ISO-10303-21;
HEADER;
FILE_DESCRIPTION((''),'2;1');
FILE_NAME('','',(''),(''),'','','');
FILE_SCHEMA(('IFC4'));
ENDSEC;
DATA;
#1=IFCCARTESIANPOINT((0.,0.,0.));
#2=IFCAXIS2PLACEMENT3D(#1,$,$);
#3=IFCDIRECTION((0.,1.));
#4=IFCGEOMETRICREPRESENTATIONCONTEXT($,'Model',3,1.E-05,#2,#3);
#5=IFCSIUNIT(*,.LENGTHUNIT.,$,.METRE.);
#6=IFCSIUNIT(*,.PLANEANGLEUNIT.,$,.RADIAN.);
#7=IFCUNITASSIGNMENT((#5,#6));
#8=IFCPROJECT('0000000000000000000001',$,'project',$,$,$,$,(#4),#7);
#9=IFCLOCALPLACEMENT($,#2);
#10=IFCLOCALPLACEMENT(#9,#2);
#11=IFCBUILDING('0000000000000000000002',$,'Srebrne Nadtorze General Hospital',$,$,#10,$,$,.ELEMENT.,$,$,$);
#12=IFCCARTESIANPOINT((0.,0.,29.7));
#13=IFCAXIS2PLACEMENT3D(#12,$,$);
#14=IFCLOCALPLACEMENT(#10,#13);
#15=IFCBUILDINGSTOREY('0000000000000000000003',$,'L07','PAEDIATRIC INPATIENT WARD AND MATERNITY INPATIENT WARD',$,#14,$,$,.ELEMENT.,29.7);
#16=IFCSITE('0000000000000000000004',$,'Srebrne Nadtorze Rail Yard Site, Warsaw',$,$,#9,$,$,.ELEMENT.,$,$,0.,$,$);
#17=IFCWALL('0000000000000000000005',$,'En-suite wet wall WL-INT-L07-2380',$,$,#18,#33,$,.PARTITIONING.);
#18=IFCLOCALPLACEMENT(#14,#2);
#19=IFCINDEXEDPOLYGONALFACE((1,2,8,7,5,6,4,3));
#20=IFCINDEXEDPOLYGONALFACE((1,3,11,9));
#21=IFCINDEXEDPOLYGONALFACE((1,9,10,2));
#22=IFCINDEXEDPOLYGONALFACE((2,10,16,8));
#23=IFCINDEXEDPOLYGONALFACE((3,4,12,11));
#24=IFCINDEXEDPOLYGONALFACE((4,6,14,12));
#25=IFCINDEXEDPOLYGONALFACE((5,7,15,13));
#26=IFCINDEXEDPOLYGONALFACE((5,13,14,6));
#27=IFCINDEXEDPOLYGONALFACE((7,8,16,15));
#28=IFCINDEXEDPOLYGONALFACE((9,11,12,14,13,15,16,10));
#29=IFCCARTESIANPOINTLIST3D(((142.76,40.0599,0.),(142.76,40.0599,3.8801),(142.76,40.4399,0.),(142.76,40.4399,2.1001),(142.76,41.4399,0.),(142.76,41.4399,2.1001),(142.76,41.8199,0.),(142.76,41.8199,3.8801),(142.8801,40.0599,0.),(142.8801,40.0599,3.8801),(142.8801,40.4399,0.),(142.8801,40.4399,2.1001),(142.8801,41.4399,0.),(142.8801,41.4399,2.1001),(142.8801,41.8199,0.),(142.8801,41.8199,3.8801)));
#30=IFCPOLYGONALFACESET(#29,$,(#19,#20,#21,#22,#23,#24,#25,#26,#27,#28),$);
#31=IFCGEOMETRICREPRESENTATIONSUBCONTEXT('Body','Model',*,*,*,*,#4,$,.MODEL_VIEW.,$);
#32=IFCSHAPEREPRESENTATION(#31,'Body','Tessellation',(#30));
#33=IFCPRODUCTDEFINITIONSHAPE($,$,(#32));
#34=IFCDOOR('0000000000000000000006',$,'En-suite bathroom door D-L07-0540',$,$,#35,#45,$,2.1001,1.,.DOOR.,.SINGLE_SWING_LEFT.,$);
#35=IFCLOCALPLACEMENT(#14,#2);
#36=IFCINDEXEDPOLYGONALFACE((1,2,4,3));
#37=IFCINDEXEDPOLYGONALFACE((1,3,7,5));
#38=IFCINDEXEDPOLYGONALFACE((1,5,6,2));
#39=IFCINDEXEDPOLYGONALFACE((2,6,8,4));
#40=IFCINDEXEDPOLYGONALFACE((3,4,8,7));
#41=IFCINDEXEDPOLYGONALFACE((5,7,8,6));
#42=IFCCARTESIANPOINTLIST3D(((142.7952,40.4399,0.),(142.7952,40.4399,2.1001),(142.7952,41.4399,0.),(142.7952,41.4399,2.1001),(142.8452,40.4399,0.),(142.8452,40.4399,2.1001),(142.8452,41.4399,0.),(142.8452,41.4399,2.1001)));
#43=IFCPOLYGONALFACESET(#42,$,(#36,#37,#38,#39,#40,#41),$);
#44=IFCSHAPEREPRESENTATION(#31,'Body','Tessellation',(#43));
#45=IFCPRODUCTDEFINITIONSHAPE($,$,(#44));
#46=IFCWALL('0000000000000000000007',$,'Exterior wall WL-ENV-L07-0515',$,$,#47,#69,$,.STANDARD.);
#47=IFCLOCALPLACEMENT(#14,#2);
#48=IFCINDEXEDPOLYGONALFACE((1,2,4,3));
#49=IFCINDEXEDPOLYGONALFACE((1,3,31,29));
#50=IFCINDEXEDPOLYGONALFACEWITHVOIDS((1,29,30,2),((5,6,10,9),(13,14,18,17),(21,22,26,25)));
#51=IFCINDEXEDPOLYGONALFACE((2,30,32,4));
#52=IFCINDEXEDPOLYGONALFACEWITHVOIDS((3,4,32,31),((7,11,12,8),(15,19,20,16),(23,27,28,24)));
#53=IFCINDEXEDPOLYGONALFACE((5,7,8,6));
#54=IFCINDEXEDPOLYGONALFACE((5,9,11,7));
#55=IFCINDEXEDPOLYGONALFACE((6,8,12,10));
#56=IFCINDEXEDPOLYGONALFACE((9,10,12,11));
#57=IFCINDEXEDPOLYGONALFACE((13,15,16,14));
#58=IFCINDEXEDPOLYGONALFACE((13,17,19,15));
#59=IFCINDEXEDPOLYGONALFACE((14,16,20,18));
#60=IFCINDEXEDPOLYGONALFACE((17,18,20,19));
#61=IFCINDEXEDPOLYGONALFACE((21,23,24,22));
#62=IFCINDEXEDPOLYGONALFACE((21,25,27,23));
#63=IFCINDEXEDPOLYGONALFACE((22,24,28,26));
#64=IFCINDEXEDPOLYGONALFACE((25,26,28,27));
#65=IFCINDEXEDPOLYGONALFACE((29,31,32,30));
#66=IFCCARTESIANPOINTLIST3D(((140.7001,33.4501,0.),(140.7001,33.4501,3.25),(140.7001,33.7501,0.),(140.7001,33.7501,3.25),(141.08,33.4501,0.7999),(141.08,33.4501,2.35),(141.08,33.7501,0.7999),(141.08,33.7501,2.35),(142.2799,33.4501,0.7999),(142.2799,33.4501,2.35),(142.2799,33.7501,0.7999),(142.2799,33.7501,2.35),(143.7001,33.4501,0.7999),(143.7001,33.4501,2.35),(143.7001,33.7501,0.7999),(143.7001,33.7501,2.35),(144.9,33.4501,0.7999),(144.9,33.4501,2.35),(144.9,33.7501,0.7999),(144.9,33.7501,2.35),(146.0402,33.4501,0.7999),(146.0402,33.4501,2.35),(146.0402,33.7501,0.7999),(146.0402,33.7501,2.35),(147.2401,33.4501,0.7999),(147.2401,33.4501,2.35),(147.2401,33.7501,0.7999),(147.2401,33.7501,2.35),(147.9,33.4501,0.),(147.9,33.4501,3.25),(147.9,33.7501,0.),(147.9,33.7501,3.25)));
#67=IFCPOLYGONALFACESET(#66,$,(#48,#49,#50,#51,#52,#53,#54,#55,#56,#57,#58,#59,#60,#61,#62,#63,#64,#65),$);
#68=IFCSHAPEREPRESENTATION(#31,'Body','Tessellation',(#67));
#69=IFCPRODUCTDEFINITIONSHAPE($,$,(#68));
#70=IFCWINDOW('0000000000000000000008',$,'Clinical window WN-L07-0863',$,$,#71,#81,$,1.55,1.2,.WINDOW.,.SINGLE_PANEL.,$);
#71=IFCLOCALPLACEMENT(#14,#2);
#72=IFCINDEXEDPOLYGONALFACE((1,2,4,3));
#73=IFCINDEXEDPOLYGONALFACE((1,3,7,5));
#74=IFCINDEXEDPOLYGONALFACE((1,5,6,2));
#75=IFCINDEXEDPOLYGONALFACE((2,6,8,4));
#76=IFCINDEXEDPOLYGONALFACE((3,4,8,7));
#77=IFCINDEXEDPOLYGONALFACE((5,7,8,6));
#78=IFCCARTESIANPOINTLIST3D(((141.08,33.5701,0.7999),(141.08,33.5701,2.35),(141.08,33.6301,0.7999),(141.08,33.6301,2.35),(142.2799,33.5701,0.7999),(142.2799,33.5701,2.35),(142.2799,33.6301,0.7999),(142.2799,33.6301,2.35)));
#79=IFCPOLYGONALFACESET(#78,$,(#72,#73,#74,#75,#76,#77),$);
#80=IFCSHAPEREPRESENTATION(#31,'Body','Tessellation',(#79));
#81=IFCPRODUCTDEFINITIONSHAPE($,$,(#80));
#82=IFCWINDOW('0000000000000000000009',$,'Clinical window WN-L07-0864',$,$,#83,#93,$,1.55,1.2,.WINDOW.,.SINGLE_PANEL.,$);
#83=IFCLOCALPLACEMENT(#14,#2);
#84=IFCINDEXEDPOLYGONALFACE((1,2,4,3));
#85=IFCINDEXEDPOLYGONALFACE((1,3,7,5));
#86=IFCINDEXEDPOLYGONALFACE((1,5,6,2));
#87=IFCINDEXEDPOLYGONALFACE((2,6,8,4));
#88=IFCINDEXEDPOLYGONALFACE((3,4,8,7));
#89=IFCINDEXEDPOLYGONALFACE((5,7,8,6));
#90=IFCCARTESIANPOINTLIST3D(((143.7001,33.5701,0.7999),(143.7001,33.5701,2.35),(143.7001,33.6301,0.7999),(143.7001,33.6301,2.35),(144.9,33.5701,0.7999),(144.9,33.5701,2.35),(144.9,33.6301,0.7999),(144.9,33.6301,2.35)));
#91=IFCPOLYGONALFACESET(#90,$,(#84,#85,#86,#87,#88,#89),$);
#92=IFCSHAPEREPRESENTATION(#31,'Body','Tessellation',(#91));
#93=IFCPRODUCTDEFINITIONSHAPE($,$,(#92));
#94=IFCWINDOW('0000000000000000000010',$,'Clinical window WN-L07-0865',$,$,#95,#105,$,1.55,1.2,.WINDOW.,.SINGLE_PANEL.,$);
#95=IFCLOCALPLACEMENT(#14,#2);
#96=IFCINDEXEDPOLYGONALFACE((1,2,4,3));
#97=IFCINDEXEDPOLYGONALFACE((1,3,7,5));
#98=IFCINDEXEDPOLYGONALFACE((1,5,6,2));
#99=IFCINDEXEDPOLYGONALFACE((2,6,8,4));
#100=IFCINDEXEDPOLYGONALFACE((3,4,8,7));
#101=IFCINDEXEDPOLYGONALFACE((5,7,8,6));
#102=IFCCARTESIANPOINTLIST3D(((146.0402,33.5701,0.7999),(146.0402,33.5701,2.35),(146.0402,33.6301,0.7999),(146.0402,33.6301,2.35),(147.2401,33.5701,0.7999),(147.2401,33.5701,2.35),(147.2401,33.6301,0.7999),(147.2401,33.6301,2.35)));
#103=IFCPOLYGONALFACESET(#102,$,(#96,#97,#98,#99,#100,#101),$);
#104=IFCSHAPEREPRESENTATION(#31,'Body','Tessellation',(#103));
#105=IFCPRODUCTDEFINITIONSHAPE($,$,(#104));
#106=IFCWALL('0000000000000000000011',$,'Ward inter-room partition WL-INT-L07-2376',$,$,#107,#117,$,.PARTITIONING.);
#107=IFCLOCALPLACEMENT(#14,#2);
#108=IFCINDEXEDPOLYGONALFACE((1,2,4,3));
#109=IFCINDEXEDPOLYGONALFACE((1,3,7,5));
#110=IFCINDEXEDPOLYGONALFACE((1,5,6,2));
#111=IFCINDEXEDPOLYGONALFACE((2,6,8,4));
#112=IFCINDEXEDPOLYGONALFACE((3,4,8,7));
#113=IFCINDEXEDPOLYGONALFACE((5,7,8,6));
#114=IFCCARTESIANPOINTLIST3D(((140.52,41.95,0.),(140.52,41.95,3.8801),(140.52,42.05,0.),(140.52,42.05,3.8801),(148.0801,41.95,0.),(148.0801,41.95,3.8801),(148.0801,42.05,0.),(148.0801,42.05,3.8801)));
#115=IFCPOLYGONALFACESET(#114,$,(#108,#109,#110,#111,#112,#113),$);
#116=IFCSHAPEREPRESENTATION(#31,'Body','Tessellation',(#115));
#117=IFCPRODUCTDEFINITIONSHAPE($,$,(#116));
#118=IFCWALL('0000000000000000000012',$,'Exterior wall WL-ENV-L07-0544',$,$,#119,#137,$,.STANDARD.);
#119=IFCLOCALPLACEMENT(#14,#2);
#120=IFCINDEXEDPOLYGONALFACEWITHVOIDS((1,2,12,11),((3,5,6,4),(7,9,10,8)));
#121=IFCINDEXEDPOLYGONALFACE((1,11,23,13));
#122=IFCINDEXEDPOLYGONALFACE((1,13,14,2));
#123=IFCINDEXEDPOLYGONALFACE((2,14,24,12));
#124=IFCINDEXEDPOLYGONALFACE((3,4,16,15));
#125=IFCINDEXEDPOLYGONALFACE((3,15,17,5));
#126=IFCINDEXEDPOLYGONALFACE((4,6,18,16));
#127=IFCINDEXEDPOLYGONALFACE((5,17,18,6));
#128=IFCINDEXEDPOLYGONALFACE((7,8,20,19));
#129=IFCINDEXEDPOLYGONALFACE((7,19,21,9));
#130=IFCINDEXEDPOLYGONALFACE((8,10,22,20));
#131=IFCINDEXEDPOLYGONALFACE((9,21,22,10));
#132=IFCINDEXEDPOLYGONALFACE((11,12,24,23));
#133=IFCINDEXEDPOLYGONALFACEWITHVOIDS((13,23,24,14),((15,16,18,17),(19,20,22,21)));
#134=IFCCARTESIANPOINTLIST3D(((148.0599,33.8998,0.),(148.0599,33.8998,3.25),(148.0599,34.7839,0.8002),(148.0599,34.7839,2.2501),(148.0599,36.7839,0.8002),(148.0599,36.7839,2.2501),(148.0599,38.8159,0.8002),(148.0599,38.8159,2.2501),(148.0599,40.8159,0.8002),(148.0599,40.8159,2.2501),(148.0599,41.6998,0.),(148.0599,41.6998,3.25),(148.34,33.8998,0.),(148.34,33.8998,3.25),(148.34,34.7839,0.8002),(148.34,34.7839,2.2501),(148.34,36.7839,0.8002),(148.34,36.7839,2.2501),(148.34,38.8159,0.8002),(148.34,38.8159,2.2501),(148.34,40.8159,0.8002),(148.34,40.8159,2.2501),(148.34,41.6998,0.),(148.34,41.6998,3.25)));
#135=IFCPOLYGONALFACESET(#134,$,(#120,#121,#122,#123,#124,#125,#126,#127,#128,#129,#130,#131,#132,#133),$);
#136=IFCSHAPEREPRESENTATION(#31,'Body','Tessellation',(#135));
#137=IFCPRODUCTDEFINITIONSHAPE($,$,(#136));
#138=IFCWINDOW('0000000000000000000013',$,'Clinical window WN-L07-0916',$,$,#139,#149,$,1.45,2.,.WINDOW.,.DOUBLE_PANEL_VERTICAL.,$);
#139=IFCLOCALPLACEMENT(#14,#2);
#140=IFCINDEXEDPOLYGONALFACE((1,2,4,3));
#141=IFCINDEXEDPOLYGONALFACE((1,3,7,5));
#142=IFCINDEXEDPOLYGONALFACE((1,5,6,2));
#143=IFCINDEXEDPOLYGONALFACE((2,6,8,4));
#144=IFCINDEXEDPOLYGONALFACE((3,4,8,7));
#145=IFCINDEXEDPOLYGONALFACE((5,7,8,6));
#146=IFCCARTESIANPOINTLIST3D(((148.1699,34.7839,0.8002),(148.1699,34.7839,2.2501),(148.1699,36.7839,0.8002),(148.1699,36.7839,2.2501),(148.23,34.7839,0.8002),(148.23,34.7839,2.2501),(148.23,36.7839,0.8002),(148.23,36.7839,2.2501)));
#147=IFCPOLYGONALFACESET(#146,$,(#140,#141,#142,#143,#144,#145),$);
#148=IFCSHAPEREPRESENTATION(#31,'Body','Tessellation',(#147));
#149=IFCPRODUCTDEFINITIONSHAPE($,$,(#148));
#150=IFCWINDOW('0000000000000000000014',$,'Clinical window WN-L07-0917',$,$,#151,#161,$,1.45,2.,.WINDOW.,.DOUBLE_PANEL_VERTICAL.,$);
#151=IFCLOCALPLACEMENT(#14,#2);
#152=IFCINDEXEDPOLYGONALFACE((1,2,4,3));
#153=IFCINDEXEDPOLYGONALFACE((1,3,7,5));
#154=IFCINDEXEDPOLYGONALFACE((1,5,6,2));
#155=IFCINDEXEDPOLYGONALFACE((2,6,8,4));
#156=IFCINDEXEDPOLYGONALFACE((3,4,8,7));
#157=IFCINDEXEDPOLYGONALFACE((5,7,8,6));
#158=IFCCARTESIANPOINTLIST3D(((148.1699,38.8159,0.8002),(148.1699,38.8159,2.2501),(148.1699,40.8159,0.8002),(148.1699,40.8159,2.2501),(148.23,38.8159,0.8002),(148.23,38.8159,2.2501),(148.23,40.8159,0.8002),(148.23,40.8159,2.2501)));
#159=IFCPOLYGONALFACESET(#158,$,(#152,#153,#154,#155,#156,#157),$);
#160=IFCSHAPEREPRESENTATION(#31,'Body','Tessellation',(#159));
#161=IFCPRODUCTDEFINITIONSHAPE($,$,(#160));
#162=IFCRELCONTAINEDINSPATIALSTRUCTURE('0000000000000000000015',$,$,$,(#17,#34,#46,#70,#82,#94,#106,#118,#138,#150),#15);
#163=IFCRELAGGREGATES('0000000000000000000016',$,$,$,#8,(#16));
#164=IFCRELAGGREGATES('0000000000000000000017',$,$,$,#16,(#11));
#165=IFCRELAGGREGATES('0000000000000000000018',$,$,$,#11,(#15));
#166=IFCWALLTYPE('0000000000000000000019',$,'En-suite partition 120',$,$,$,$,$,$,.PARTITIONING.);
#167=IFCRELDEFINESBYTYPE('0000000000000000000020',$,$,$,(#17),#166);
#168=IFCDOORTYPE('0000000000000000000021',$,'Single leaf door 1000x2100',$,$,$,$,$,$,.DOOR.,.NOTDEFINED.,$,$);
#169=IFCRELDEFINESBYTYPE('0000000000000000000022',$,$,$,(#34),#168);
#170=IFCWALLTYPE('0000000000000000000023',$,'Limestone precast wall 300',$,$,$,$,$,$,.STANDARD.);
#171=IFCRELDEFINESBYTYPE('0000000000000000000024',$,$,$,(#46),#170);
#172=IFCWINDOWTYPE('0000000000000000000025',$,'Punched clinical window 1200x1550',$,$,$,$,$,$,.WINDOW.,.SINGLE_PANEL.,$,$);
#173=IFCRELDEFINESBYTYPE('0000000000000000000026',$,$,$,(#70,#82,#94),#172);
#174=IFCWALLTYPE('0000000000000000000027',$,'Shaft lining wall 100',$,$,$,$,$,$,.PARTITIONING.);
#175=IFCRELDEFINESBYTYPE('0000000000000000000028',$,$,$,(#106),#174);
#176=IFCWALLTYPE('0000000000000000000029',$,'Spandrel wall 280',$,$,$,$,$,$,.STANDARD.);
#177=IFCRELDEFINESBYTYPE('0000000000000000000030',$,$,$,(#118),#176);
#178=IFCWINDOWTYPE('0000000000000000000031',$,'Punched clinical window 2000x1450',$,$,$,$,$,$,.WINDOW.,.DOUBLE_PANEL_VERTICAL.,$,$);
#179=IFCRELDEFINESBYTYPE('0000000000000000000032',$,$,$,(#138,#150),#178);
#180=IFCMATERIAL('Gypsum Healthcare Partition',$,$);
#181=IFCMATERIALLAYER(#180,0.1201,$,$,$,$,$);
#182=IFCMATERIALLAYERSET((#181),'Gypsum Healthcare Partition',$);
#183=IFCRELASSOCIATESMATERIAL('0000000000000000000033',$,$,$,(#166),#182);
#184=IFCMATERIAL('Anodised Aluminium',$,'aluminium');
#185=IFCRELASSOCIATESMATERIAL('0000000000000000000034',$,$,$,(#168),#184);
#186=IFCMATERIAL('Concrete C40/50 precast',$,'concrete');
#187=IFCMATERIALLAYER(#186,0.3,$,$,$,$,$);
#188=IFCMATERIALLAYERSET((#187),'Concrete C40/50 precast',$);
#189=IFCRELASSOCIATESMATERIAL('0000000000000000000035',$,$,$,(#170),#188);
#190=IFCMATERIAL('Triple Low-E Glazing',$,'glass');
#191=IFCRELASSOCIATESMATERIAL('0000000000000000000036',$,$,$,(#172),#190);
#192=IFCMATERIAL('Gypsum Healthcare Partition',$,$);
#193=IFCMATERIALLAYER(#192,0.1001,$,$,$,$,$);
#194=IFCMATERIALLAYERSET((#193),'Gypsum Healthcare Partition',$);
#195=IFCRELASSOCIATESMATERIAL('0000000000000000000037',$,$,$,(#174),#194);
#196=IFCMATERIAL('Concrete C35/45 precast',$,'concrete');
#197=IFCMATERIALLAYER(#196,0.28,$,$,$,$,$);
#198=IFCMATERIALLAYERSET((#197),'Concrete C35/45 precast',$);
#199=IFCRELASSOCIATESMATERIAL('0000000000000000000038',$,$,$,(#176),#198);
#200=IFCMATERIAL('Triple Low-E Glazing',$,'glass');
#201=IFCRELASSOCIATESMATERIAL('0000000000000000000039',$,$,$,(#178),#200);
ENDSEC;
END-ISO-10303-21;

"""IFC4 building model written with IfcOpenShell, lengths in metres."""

from ifc_helpers import new_model, si_unit, direction, frame, frame_2d, origin, place, context, subcontext, project, spatial, rectangle, extrude, material, layer, layer_set, type_object, element, fill, save


model = new_model("IFC4")

# Units and contexts
model_context = context("Model", 3, precision=1e-05, world=origin(), true_north=direction((0.0, 1.0)))
body_context = subcontext(model_context, "Body", "Model", "MODEL_VIEW")
ifc_project = project(units=[si_unit("LENGTHUNIT", "METRE"), si_unit("PLANEANGLEUNIT", "RADIAN")], contexts=[model_context])

# Site, building, storey
site_placement = place(None, origin())
site = spatial("IfcSite", under=ifc_project, at=site_placement, Name="Srebrne Nadtorze Rail Yard Site, Warsaw", CompositionType="ELEMENT", RefElevation=0.0)
building_placement = place(site_placement, origin())
building = spatial("IfcBuilding", under=site, at=building_placement, Name="Srebrne Nadtorze General Hospital", CompositionType="ELEMENT")
storey_placement = place(building_placement, frame((0.0, 0.0, 29.7)))
storey = spatial("IfcBuildingStorey", under=building, at=storey_placement, Name="L07", Description="PAEDIATRIC INPATIENT WARD AND MATERNITY INPATIENT WARD", CompositionType="ELEMENT", Elevation=29.7)

# Shared definitions
ifc_material_1 = material(Name="Gypsum Healthcare Partition")
ifc_layer_1 = layer(ifc_material_1, 0.1201)
ifc_layer_set_1 = layer_set([ifc_layer_1], Name="Gypsum Healthcare Partition")
wall_type_1 = type_object("IfcWallType", Name="En-suite partition 120", PredefinedType="PARTITIONING", material=ifc_layer_set_1)

# Wall, opening, door
wall_1_placement = place(storey_placement, frame((142.8201, 40.0601, 0.0), z_axis=(0.0, 0.0, 1.0), x_axis=(0.0, 1.0, 0.0)))
wall_1 = element("IfcWall", 1, at=wall_1_placement, inside=storey, type_object=wall_type_1, Name="En-suite wet wall WL-INT-L07-2380", PredefinedType="PARTITIONING", context=body_context, shape_type="SweptSolid", body=[
    extrude(rectangle(XDim=1.76, YDim=0.1201, at=frame_2d((0.8799, 0.0))), origin(), (0.0, 0.0, 1.0), 3.8801),
])
opening_1_placement = place(wall_1_placement, frame((0.3799, 0.0, 0.0)))
opening_1 = element("IfcOpeningElement", 2, at=opening_1_placement, cuts=wall_1, PredefinedType="OPENING", context=body_context, shape_type="SweptSolid", body=[
    extrude(rectangle(XDim=1.0, YDim=2.1001, at=frame_2d((0.5, 1.05))), frame((0.0, 0.072, 0.0), z_axis=(0.0, -1.0, 0.0), x_axis=(1.0, 0.0, 0.0)), (0.0, 0.0, 1.0), 0.144),
])
ifc_material_2 = material(Name="Anodised Aluminium", Category="aluminium")
door_type_1 = type_object("IfcDoorType", Name="Single leaf door 1000x2100", OperationType="NOTDEFINED", PredefinedType="DOOR", material=ifc_material_2)
door_1_placement = place(opening_1_placement, origin())
door_1 = element("IfcDoor", 3, at=door_1_placement, inside=storey, type_object=door_type_1, Name="En-suite bathroom door D-L07-0540", OperationType="SINGLE_SWING_LEFT", OverallHeight=2.1001, OverallWidth=1.0, PredefinedType="DOOR", context=body_context, shape_type="SweptSolid", body=[
    extrude(rectangle(XDim=1.0, YDim=2.1001, at=frame_2d((0.5, 1.05))), frame((0.0, 0.0249, 0.0), z_axis=(0.0, -1.0, 0.0), x_axis=(1.0, 0.0, 0.0)), (0.0, 0.0, 1.0), 0.05),
])
fill(opening_1, door_1)

# Wall, openings, windows
ifc_material_3 = material(Name="Concrete C40/50 precast", Category="concrete")
ifc_layer_2 = layer(ifc_material_3, 0.3)
ifc_layer_set_2 = layer_set([ifc_layer_2], Name="Concrete C40/50 precast")
wall_type_2 = type_object("IfcWallType", Name="Limestone precast wall 300", PredefinedType="STANDARD", material=ifc_layer_set_2)
wall_2_placement = place(storey_placement, frame((140.7, 33.6001, 0.0), z_axis=(0.0, 0.0, 1.0), x_axis=(1.0, 0.0, 0.0)))
wall_2 = element("IfcWall", 4, at=wall_2_placement, inside=storey, type_object=wall_type_2, Name="Exterior wall WL-ENV-L07-0515", PredefinedType="STANDARD", context=body_context, shape_type="SweptSolid", body=[
    extrude(rectangle(XDim=7.2, YDim=0.3, at=frame_2d((3.6001, 0.0))), origin(), (0.0, 0.0, 1.0), 3.25),
])
opening_2_placement = place(wall_2_placement, frame((0.3799, 0.0, 0.8)))
opening_2 = element("IfcOpeningElement", 5, at=opening_2_placement, cuts=wall_2, PredefinedType="OPENING", context=body_context, shape_type="SweptSolid", body=[
    extrude(rectangle(XDim=1.2, YDim=1.55, at=frame_2d((0.6001, 0.7749))), frame((0.0, 0.1621, 0.0), z_axis=(0.0, -1.0, 0.0), x_axis=(1.0, 0.0, 0.0)), (0.0, 0.0, 1.0), 0.324),
])
opening_3_placement = place(wall_2_placement, frame((3.0, 0.0, 0.8)))
opening_3 = element("IfcOpeningElement", 6, at=opening_3_placement, cuts=wall_2, PredefinedType="OPENING", context=body_context, shape_type="SweptSolid", body=[
    extrude(rectangle(XDim=1.2, YDim=1.55, at=frame_2d((0.6001, 0.7749))), frame((0.0, 0.1621, 0.0), z_axis=(0.0, -1.0, 0.0), x_axis=(1.0, 0.0, 0.0)), (0.0, 0.0, 1.0), 0.324),
])
opening_4_placement = place(wall_2_placement, frame((5.3401, 0.0, 0.8)))
opening_4 = element("IfcOpeningElement", 7, at=opening_4_placement, cuts=wall_2, PredefinedType="OPENING", context=body_context, shape_type="SweptSolid", body=[
    extrude(rectangle(XDim=1.2, YDim=1.55, at=frame_2d((0.6001, 0.7749))), frame((0.0, 0.1621, 0.0), z_axis=(0.0, -1.0, 0.0), x_axis=(1.0, 0.0, 0.0)), (0.0, 0.0, 1.0), 0.324),
])
ifc_material_4 = material(Name="Triple Low-E Glazing", Category="glass")
window_type_1 = type_object("IfcWindowType", Name="Punched clinical window 1200x1550", PartitioningType="SINGLE_PANEL", PredefinedType="WINDOW", material=ifc_material_4)
window_1_placement = place(opening_2_placement, origin())
window_1 = element("IfcWindow", 8, at=window_1_placement, inside=storey, type_object=window_type_1, Name="Clinical window WN-L07-0863", OverallHeight=1.55, OverallWidth=1.2, PartitioningType="SINGLE_PANEL", PredefinedType="WINDOW", context=body_context, shape_type="SweptSolid", body=[
    extrude(rectangle(XDim=1.2, YDim=1.55, at=frame_2d((0.6001, 0.7749))), frame((0.0, 0.03, 0.0), z_axis=(0.0, -1.0, 0.0), x_axis=(1.0, 0.0, 0.0)), (0.0, 0.0, 1.0), 0.0601),
])
fill(opening_2, window_1)
window_2_placement = place(opening_3_placement, origin())
window_2 = element("IfcWindow", 9, at=window_2_placement, inside=storey, type_object=window_type_1, Name="Clinical window WN-L07-0864", OverallHeight=1.55, OverallWidth=1.2, PartitioningType="SINGLE_PANEL", PredefinedType="WINDOW", context=body_context, shape_type="SweptSolid", body=[
    extrude(rectangle(XDim=1.2, YDim=1.55, at=frame_2d((0.6001, 0.7749))), frame((0.0, 0.03, 0.0), z_axis=(0.0, -1.0, 0.0), x_axis=(1.0, 0.0, 0.0)), (0.0, 0.0, 1.0), 0.0601),
])
fill(opening_3, window_2)
window_3_placement = place(opening_4_placement, origin())
window_3 = element("IfcWindow", 10, at=window_3_placement, inside=storey, type_object=window_type_1, Name="Clinical window WN-L07-0865", OverallHeight=1.55, OverallWidth=1.2, PartitioningType="SINGLE_PANEL", PredefinedType="WINDOW", context=body_context, shape_type="SweptSolid", body=[
    extrude(rectangle(XDim=1.2, YDim=1.55, at=frame_2d((0.6001, 0.7749))), frame((0.0, 0.03, 0.0), z_axis=(0.0, -1.0, 0.0), x_axis=(1.0, 0.0, 0.0)), (0.0, 0.0, 1.0), 0.0601),
])
fill(opening_4, window_3)

# Wall
ifc_material_5 = material(Name="Gypsum Healthcare Partition")
ifc_layer_3 = layer(ifc_material_5, 0.1001)
ifc_layer_set_3 = layer_set([ifc_layer_3], Name="Gypsum Healthcare Partition")
wall_type_3 = type_object("IfcWallType", Name="Shaft lining wall 100", PredefinedType="PARTITIONING", material=ifc_layer_set_3)
wall_3_placement = place(storey_placement, frame((140.52, 42.0, 0.0), z_axis=(0.0, 0.0, 1.0), x_axis=(1.0, 0.0, 0.0)))
element("IfcWall", 11, at=wall_3_placement, inside=storey, type_object=wall_type_3, Name="Ward inter-room partition WL-INT-L07-2376", PredefinedType="PARTITIONING", context=body_context, shape_type="SweptSolid", body=[
    extrude(rectangle(XDim=7.5601, YDim=0.1001, at=frame_2d((3.78, 0.0))), origin(), (0.0, 0.0, 1.0), 3.8801),
])

# Wall, openings, windows
ifc_material_6 = material(Name="Concrete C35/45 precast", Category="concrete")
ifc_layer_4 = layer(ifc_material_6, 0.28)
ifc_layer_set_4 = layer_set([ifc_layer_4], Name="Concrete C35/45 precast")
wall_type_4 = type_object("IfcWallType", Name="Spandrel wall 280", PredefinedType="STANDARD", material=ifc_layer_set_4)
wall_4_placement = place(storey_placement, frame((148.2, 33.8999, 0.0), z_axis=(0.0, 0.0, 1.0), x_axis=(0.0, 1.0, 0.0)))
wall_4 = element("IfcWall", 12, at=wall_4_placement, inside=storey, type_object=wall_type_4, Name="Exterior wall WL-ENV-L07-0544", PredefinedType="STANDARD", context=body_context, shape_type="SweptSolid", body=[
    extrude(rectangle(XDim=7.8, YDim=0.28, at=frame_2d((3.8999, 0.0))), origin(), (0.0, 0.0, 1.0), 3.25),
])
opening_5_placement = place(wall_4_placement, frame((0.884, 0.0, 0.8)))
opening_5 = element("IfcOpeningElement", 13, at=opening_5_placement, cuts=wall_4, PredefinedType="OPENING", context=body_context, shape_type="SweptSolid", body=[
    extrude(rectangle(XDim=2.0, YDim=1.45, at=frame_2d((1.0, 0.7251))), frame((0.0, 0.1519, 0.0), z_axis=(0.0, -1.0, 0.0), x_axis=(1.0, 0.0, 0.0)), (0.0, 0.0, 1.0), 0.304),
])
opening_6_placement = place(wall_4_placement, frame((4.916, 0.0, 0.8)))
opening_6 = element("IfcOpeningElement", 14, at=opening_6_placement, cuts=wall_4, PredefinedType="OPENING", context=body_context, shape_type="SweptSolid", body=[
    extrude(rectangle(XDim=2.0, YDim=1.45, at=frame_2d((1.0, 0.7251))), frame((0.0, 0.1519, 0.0), z_axis=(0.0, -1.0, 0.0), x_axis=(1.0, 0.0, 0.0)), (0.0, 0.0, 1.0), 0.304),
])
ifc_material_7 = material(Name="Triple Low-E Glazing", Category="glass")
window_type_2 = type_object("IfcWindowType", Name="Punched clinical window 2000x1450", PartitioningType="DOUBLE_PANEL_VERTICAL", PredefinedType="WINDOW", material=ifc_material_7)
window_4_placement = place(opening_5_placement, origin())
window_4 = element("IfcWindow", 15, at=window_4_placement, inside=storey, type_object=window_type_2, Name="Clinical window WN-L07-0916", OverallHeight=1.45, OverallWidth=2.0, PartitioningType="DOUBLE_PANEL_VERTICAL", PredefinedType="WINDOW", context=body_context, shape_type="SweptSolid", body=[
    extrude(rectangle(XDim=2.0, YDim=1.45, at=frame_2d((1.0, 0.7251))), frame((0.0, 0.03, 0.0), z_axis=(0.0, -1.0, 0.0), x_axis=(1.0, 0.0, 0.0)), (0.0, 0.0, 1.0), 0.0601),
])
fill(opening_5, window_4)
window_5_placement = place(opening_6_placement, origin())
window_5 = element("IfcWindow", 16, at=window_5_placement, inside=storey, type_object=window_type_2, Name="Clinical window WN-L07-0917", OverallHeight=1.45, OverallWidth=2.0, PartitioningType="DOUBLE_PANEL_VERTICAL", PredefinedType="WINDOW", context=body_context, shape_type="SweptSolid", body=[
    extrude(rectangle(XDim=2.0, YDim=1.45, at=frame_2d((1.0, 0.7251))), frame((0.0, 0.03, 0.0), z_axis=(0.0, -1.0, 0.0), x_axis=(1.0, 0.0, 0.0)), (0.0, 0.0, 1.0), 0.0601),
])
fill(opening_6, window_5)

save(model, "model.ifc")
